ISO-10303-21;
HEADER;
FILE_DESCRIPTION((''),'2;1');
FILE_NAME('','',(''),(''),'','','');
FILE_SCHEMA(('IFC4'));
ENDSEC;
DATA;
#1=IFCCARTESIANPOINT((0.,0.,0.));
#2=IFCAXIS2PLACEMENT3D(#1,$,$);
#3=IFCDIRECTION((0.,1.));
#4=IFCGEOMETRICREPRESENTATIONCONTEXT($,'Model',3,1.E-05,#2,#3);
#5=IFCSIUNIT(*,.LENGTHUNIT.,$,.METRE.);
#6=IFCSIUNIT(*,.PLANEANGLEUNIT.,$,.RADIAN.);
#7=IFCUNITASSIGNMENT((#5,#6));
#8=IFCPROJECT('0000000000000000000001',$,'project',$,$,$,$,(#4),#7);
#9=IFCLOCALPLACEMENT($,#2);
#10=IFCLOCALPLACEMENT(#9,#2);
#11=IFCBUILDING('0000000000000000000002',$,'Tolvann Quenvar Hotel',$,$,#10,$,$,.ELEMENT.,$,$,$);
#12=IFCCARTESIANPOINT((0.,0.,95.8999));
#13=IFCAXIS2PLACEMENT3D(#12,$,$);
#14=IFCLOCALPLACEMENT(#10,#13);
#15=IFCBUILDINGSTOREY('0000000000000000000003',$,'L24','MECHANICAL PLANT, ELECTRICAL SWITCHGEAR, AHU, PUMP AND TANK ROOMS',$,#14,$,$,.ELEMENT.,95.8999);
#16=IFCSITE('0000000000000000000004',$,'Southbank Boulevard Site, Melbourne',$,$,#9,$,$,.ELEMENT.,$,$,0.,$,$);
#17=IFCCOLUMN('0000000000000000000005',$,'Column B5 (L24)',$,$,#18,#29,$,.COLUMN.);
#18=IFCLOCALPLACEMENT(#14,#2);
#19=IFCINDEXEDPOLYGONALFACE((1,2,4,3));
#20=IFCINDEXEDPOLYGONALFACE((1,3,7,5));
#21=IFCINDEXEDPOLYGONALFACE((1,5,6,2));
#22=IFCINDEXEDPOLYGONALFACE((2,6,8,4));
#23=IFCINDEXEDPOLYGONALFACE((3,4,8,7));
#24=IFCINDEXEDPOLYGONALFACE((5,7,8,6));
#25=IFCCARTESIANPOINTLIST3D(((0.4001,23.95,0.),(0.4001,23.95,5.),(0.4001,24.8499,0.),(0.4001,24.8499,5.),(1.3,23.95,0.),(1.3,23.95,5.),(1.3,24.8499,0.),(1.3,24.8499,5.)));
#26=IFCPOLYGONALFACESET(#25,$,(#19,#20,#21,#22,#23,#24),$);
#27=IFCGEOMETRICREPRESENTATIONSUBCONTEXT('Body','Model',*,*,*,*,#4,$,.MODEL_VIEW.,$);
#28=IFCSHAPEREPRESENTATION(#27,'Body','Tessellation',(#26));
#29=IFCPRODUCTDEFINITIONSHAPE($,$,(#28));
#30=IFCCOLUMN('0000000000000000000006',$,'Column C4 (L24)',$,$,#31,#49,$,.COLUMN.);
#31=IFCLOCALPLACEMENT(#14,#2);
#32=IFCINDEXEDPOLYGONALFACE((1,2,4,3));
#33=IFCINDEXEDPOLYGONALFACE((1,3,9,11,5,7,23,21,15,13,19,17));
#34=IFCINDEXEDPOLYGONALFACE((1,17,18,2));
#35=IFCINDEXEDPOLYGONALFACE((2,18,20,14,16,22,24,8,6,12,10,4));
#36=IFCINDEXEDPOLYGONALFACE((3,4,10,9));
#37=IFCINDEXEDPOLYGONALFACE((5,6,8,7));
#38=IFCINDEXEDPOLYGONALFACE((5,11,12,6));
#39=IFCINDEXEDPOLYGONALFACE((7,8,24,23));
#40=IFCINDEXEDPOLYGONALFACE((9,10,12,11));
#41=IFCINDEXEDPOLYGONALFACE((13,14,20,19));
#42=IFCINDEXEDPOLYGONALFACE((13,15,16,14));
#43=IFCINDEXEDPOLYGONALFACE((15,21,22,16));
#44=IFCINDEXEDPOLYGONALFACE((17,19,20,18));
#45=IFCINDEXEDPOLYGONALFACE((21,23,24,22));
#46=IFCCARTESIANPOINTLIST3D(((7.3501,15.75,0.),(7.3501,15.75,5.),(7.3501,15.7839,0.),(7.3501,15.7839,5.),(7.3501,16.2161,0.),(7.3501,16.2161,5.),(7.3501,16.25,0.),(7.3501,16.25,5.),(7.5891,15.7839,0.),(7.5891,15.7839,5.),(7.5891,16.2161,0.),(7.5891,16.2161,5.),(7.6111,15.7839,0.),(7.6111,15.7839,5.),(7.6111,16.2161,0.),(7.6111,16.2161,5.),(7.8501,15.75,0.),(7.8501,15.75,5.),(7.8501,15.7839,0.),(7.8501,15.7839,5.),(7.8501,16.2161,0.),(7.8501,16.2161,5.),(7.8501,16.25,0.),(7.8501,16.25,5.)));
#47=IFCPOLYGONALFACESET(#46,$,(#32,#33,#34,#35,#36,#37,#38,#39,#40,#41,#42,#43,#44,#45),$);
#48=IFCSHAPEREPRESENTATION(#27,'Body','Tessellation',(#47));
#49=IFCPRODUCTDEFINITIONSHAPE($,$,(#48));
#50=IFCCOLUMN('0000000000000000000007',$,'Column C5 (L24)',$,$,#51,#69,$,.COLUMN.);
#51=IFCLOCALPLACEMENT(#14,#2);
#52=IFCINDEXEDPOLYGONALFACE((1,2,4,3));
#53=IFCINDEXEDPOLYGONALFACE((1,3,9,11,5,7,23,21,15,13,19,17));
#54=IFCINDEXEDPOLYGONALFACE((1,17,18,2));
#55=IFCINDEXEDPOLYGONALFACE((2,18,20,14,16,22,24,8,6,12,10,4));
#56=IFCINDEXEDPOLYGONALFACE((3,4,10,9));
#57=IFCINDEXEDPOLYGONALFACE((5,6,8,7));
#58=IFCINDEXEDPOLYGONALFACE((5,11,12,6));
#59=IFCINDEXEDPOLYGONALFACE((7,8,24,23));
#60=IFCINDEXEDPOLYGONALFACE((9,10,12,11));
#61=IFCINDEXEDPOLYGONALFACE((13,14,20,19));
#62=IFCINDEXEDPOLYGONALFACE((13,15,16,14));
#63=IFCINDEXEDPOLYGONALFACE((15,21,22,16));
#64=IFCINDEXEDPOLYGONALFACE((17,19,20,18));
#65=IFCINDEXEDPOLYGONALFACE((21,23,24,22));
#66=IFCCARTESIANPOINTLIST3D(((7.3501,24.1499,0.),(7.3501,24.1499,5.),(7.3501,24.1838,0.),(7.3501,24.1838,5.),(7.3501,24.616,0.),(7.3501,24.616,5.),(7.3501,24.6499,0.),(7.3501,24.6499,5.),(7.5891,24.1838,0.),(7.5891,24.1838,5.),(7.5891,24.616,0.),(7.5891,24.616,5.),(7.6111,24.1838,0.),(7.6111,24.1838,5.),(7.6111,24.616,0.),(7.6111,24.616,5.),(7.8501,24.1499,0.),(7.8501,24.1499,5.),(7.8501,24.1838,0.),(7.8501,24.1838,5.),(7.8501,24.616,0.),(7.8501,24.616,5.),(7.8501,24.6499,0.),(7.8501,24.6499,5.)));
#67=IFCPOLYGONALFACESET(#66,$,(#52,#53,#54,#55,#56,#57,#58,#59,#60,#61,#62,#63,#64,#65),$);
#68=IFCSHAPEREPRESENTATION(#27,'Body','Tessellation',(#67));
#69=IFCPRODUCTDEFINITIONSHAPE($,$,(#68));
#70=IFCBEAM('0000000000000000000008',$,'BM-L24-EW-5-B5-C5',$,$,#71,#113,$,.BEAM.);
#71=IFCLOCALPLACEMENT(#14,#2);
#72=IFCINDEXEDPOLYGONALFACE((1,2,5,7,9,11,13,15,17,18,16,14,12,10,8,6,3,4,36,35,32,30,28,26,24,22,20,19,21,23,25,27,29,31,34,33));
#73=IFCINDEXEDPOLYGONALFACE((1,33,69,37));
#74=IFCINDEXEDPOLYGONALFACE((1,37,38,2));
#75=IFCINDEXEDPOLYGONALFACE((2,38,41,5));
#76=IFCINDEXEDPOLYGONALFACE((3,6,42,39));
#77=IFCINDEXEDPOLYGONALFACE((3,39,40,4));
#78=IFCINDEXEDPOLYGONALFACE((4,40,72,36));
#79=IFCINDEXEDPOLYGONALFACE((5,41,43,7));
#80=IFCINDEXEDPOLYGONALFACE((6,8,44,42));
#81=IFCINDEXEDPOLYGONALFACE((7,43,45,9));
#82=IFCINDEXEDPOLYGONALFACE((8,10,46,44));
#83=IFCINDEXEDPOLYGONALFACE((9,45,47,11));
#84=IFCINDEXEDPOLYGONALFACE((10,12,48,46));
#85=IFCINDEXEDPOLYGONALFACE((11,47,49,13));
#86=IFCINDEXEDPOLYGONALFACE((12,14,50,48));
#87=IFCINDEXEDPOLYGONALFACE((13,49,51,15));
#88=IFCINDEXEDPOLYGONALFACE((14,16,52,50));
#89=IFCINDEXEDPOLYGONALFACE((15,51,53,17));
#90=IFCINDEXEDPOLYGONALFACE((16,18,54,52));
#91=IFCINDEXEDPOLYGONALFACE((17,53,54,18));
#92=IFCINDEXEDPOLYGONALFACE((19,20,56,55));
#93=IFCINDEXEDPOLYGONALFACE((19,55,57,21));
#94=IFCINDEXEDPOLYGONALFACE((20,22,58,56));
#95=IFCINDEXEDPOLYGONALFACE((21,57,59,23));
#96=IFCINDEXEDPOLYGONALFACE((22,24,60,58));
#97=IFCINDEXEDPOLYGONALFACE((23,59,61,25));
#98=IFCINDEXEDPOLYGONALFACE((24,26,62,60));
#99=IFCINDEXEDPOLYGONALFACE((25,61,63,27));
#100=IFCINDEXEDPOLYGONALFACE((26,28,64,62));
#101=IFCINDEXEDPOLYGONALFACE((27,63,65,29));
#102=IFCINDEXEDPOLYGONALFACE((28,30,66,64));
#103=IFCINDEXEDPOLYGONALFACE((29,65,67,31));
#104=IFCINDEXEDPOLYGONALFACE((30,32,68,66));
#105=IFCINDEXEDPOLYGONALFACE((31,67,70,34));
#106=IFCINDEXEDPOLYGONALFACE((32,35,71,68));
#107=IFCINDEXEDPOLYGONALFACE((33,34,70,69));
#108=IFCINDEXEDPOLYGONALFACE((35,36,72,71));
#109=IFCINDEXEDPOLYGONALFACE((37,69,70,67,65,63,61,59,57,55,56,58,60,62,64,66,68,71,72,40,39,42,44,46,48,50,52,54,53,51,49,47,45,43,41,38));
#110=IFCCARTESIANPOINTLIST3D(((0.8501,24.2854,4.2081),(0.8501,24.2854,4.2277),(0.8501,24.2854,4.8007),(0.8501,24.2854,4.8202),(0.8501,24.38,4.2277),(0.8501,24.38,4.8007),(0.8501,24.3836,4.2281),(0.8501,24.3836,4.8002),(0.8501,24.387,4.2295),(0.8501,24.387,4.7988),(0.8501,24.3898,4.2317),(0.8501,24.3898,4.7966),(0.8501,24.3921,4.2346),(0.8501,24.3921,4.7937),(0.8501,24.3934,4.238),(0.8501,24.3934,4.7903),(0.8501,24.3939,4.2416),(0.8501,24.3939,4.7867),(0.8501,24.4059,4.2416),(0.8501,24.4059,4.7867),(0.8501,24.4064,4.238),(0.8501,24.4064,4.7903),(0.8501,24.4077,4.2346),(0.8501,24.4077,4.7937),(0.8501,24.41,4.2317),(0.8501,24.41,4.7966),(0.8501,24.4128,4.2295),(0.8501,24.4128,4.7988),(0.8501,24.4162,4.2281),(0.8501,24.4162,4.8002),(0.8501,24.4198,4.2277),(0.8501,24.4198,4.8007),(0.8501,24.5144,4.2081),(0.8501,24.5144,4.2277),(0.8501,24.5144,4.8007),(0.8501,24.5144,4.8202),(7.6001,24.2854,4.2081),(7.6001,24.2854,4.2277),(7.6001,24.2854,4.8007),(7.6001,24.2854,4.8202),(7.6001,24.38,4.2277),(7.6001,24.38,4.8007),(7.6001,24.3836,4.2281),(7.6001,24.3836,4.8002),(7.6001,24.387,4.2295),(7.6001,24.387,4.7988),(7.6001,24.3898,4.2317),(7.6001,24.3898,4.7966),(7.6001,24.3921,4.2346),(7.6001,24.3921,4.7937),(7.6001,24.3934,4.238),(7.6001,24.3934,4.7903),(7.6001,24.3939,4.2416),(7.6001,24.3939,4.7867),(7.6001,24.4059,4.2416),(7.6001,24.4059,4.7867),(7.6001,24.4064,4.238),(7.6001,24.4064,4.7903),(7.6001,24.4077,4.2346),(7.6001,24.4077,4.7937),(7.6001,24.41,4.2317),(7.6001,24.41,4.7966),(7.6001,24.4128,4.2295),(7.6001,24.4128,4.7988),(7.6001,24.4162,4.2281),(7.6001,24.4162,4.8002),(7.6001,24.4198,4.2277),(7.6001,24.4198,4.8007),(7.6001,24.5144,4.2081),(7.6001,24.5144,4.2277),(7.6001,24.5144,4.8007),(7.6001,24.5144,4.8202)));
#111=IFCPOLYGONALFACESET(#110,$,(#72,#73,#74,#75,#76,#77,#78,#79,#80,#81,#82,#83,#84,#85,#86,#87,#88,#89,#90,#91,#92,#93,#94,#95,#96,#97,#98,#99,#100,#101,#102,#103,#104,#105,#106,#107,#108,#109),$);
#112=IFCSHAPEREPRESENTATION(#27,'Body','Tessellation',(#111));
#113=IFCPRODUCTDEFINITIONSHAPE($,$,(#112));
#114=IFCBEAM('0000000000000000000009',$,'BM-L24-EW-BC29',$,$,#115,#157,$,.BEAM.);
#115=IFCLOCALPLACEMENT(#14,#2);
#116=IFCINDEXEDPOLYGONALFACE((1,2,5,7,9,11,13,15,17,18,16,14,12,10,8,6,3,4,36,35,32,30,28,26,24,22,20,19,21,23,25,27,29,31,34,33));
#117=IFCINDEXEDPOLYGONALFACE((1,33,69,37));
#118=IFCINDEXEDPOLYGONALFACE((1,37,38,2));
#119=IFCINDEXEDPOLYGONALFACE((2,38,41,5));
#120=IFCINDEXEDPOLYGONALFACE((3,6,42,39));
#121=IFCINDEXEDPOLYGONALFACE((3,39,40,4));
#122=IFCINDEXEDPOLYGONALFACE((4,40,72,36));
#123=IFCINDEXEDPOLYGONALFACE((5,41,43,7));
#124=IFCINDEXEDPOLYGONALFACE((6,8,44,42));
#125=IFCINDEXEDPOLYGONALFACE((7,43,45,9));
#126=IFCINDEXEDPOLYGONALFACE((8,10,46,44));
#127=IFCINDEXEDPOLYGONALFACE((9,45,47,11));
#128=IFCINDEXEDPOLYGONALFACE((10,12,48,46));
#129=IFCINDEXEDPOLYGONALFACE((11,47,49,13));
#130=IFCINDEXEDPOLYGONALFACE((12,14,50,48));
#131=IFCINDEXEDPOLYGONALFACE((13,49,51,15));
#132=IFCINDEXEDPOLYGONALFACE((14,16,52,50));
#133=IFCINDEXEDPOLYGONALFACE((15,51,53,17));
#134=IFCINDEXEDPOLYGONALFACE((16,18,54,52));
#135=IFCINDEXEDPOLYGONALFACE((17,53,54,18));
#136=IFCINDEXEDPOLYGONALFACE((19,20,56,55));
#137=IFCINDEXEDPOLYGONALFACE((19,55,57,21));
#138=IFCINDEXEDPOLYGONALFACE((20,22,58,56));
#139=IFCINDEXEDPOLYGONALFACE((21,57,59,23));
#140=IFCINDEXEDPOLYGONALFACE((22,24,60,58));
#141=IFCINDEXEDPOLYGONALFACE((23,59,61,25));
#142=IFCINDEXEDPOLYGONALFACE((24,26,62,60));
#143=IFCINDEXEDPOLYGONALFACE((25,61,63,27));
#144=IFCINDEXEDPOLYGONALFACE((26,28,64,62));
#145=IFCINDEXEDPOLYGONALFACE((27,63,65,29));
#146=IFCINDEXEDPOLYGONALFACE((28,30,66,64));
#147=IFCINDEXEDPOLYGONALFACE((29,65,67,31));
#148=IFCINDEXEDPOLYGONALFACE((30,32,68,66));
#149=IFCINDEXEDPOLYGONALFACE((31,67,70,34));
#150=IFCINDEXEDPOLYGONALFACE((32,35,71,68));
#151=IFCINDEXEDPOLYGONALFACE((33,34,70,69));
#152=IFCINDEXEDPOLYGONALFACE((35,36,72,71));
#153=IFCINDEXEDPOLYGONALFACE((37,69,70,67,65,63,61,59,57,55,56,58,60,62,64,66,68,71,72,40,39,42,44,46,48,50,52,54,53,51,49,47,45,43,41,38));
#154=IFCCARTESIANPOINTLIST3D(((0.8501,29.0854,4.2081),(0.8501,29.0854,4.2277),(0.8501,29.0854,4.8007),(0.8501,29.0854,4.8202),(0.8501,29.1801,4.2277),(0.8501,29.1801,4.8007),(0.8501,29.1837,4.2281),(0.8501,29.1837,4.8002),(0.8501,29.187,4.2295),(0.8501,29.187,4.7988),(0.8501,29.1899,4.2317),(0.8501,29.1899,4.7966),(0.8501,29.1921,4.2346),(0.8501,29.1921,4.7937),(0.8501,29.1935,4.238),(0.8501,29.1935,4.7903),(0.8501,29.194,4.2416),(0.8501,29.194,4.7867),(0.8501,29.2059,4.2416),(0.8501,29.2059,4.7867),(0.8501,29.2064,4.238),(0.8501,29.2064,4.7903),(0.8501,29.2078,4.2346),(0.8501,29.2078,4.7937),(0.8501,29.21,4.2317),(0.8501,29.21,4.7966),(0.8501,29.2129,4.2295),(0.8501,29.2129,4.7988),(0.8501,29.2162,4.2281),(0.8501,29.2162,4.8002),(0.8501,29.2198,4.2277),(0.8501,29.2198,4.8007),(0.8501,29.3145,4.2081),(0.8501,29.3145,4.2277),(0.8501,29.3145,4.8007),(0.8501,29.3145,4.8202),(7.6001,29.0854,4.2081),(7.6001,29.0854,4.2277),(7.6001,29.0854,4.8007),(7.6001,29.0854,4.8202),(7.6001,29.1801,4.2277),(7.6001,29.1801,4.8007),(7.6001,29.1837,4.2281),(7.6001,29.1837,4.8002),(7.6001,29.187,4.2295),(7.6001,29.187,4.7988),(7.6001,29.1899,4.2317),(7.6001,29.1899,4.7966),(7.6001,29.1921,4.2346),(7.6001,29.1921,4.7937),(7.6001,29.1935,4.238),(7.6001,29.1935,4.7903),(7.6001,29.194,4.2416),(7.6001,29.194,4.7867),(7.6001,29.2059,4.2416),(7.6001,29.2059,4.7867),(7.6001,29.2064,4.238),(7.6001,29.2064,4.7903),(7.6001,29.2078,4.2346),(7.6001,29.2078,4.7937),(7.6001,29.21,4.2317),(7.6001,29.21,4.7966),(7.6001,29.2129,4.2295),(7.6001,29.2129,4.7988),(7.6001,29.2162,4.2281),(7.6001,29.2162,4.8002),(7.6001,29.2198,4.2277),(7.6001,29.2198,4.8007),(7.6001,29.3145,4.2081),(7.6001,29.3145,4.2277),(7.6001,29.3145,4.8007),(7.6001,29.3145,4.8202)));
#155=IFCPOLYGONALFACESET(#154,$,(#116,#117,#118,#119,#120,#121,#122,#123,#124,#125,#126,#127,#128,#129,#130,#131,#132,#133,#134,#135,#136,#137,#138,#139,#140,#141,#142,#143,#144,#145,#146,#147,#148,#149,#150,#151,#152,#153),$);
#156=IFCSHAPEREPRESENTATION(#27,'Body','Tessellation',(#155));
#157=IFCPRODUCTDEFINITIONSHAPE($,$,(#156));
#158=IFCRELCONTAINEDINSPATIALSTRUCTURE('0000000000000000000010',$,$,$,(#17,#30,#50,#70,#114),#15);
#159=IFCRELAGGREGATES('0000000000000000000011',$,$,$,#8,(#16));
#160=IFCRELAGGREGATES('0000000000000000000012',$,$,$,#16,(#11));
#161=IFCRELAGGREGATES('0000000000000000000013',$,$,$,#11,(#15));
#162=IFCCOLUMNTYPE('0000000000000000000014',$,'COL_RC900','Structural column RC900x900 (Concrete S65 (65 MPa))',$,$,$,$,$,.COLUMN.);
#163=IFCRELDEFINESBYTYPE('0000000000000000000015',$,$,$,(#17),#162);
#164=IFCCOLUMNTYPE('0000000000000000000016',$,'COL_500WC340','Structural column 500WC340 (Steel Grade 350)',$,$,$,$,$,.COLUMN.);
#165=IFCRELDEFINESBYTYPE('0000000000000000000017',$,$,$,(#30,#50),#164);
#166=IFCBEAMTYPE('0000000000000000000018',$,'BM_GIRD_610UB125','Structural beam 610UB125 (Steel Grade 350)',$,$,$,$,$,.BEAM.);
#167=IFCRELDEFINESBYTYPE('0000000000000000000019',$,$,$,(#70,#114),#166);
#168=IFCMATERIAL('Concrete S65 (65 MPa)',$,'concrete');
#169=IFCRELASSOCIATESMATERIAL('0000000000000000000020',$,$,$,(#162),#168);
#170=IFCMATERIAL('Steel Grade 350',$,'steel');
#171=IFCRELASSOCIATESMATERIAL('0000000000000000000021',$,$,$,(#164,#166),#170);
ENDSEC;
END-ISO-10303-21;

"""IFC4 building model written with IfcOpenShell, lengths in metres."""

from ifc_helpers import new_model, si_unit, direction, frame, origin, origin_2d, place, context, subcontext, project, spatial, rectangle, i_section, extrude, source, transform, mapped, material, material_profile, profile_set, type_object, type_shapes, element, save


model = new_model("IFC4")

# Units and contexts
model_context = context("Model", 3, precision=1e-05, world=origin(), true_north=direction((0.0, 1.0)))
body_context = subcontext(model_context, "Body", "Model", "MODEL_VIEW")
ifc_project = project(units=[si_unit("LENGTHUNIT", "METRE"), si_unit("PLANEANGLEUNIT", "RADIAN")], contexts=[model_context])

# Site, building, storey
site_placement = place(None, origin())
site = spatial("IfcSite", under=ifc_project, at=site_placement, Name="Southbank Boulevard Site, Melbourne", CompositionType="ELEMENT", RefElevation=0.0)
building_placement = place(site_placement, origin())
building = spatial("IfcBuilding", under=site, at=building_placement, Name="Tolvann Quenvar Hotel", CompositionType="ELEMENT")
storey_placement = place(building_placement, frame((0.0, 0.0, 95.8999)))
storey = spatial("IfcBuildingStorey", under=building, at=storey_placement, Name="L24", Description="MECHANICAL PLANT, ELECTRICAL SWITCHGEAR, AHU, PUMP AND TANK ROOMS", CompositionType="ELEMENT", Elevation=95.8999)

# Columns
ifc_material_1 = material(Name="Concrete S65 (65 MPa)", Category="concrete")
ifc_material_profile_1 = material_profile(ifc_material_1, rectangle(XDim=0.8999, YDim=0.8999, at=origin_2d()), Name="RC900x900")
ifc_profile_set_1 = profile_set([ifc_material_profile_1], Name="Concrete S65 (65 MPa)")
column_type_1 = type_object("IfcColumnType", Name="COL_RC900", Description="Structural column RC900x900 (Concrete S65 (65 MPa))", PredefinedType="COLUMN", material=ifc_profile_set_1)
shared_shape_1 = source(origin(), body_context, "Body", "SweptSolid", [
    extrude(rectangle(XDim=0.8999, YDim=0.8999, at=origin_2d()), origin(), (0.0, 0.0, 1.0), 5.0),
])
type_shapes(column_type_1, [shared_shape_1])
column_placement = place(storey_placement, frame((0.8501, 24.3999, 0.0), z_axis=(0.0, 0.0, 1.0), x_axis=(1.0, 0.0, 0.0)))
element("IfcColumn", 1, at=column_placement, inside=storey, type_object=column_type_1, Name="Column B5 (L24)", PredefinedType="COLUMN", context=body_context, shape_type="MappedRepresentation", body=[
    mapped(shared_shape_1, transform((0.0, 0.0, 0.0), x_axis=(1.0, 0.0, 0.0), y_axis=(0.0, 1.0, 0.0), z_axis=(0.0, 0.0, 1.0), scale=1.0)),
])
ifc_material_2 = material(Name="Steel Grade 350", Category="steel")
ifc_material_profile_2 = material_profile(ifc_material_2, i_section(OverallWidth=0.5, OverallDepth=0.5, WebThickness=0.022, FlangeThickness=0.0339, at=origin_2d()), Name="500WC340")
ifc_profile_set_2 = profile_set([ifc_material_profile_2], Name="Steel Grade 350")
column_type_2 = type_object("IfcColumnType", Name="COL_500WC340", Description="Structural column 500WC340 (Steel Grade 350)", PredefinedType="COLUMN", material=ifc_profile_set_2)
shared_shape_2 = source(origin(), body_context, "Body", "SweptSolid", [
    extrude(i_section(OverallWidth=0.5, OverallDepth=0.5, WebThickness=0.022, FlangeThickness=0.0339, at=origin_2d()), origin(), (0.0, 0.0, 1.0), 5.0),
])
type_shapes(column_type_2, [shared_shape_2])
for number, where, z_axis, x_axis, name in (
    (2, (7.6001, 16.0, 0.0), (0.0, 0.0, 1.0), (1.0, 0.0, 0.0), "Column C4 (L24)"),
    (3, (7.6001, 24.3999, 0.0), (0.0, 0.0, 1.0), (1.0, 0.0, 0.0), "Column C5 (L24)"),
):
    element("IfcColumn", number, at=place(storey_placement, frame(where, z_axis=z_axis, x_axis=x_axis)), inside=storey, type_object=column_type_2, Name=name, PredefinedType="COLUMN", context=body_context, shape_type="MappedRepresentation", body=[
        mapped(shared_shape_2, transform((0.0, 0.0, 0.0), x_axis=(1.0, 0.0, 0.0), y_axis=(0.0, 1.0, 0.0), z_axis=(0.0, 0.0, 1.0), scale=1.0)),
    ])

# Beams
ifc_material_profile_3 = material_profile(ifc_material_2, i_section(OverallWidth=0.229, OverallDepth=0.6121, WebThickness=0.012, FlangeThickness=0.0195, FilletRadius=0.0139, at=origin_2d()), Name="610UB125")
ifc_profile_set_3 = profile_set([ifc_material_profile_3], Name="Steel Grade 350")
beam_type_1 = type_object("IfcBeamType", Name="BM_GIRD_610UB125", Description="Structural beam 610UB125 (Steel Grade 350)", PredefinedType="BEAM", material=ifc_profile_set_3)
shared_shape_3 = source(origin(), body_context, "Body", "SweptSolid", [
    extrude(i_section(OverallWidth=0.229, OverallDepth=0.6121, WebThickness=0.012, FlangeThickness=0.0195, FilletRadius=0.0139, at=origin_2d()), origin(), (0.0, 0.0, 1.0), 6.75),
])
for number, where, z_axis, x_axis, name in (
    (4, (0.8501, 24.3999, 4.5142), (1.0, 0.0, 0.0), (0.0, 1.0, 0.0), "BM-L24-EW-5-B5-C5"),
    (5, (0.8501, 29.2, 4.5142), (1.0, 0.0, 0.0), (0.0, 1.0, 0.0), "BM-L24-EW-BC29"),
):
    element("IfcBeam", number, at=place(storey_placement, frame(where, z_axis=z_axis, x_axis=x_axis)), inside=storey, type_object=beam_type_1, Name=name, PredefinedType="BEAM", context=body_context, shape_type="MappedRepresentation", body=[
        mapped(shared_shape_3, transform((0.0, 0.0, 0.0), x_axis=(1.0, 0.0, 0.0), y_axis=(0.0, 1.0, 0.0), z_axis=(0.0, 0.0, 1.0), scale=1.0)),
    ])

save(model, "model.ifc")
